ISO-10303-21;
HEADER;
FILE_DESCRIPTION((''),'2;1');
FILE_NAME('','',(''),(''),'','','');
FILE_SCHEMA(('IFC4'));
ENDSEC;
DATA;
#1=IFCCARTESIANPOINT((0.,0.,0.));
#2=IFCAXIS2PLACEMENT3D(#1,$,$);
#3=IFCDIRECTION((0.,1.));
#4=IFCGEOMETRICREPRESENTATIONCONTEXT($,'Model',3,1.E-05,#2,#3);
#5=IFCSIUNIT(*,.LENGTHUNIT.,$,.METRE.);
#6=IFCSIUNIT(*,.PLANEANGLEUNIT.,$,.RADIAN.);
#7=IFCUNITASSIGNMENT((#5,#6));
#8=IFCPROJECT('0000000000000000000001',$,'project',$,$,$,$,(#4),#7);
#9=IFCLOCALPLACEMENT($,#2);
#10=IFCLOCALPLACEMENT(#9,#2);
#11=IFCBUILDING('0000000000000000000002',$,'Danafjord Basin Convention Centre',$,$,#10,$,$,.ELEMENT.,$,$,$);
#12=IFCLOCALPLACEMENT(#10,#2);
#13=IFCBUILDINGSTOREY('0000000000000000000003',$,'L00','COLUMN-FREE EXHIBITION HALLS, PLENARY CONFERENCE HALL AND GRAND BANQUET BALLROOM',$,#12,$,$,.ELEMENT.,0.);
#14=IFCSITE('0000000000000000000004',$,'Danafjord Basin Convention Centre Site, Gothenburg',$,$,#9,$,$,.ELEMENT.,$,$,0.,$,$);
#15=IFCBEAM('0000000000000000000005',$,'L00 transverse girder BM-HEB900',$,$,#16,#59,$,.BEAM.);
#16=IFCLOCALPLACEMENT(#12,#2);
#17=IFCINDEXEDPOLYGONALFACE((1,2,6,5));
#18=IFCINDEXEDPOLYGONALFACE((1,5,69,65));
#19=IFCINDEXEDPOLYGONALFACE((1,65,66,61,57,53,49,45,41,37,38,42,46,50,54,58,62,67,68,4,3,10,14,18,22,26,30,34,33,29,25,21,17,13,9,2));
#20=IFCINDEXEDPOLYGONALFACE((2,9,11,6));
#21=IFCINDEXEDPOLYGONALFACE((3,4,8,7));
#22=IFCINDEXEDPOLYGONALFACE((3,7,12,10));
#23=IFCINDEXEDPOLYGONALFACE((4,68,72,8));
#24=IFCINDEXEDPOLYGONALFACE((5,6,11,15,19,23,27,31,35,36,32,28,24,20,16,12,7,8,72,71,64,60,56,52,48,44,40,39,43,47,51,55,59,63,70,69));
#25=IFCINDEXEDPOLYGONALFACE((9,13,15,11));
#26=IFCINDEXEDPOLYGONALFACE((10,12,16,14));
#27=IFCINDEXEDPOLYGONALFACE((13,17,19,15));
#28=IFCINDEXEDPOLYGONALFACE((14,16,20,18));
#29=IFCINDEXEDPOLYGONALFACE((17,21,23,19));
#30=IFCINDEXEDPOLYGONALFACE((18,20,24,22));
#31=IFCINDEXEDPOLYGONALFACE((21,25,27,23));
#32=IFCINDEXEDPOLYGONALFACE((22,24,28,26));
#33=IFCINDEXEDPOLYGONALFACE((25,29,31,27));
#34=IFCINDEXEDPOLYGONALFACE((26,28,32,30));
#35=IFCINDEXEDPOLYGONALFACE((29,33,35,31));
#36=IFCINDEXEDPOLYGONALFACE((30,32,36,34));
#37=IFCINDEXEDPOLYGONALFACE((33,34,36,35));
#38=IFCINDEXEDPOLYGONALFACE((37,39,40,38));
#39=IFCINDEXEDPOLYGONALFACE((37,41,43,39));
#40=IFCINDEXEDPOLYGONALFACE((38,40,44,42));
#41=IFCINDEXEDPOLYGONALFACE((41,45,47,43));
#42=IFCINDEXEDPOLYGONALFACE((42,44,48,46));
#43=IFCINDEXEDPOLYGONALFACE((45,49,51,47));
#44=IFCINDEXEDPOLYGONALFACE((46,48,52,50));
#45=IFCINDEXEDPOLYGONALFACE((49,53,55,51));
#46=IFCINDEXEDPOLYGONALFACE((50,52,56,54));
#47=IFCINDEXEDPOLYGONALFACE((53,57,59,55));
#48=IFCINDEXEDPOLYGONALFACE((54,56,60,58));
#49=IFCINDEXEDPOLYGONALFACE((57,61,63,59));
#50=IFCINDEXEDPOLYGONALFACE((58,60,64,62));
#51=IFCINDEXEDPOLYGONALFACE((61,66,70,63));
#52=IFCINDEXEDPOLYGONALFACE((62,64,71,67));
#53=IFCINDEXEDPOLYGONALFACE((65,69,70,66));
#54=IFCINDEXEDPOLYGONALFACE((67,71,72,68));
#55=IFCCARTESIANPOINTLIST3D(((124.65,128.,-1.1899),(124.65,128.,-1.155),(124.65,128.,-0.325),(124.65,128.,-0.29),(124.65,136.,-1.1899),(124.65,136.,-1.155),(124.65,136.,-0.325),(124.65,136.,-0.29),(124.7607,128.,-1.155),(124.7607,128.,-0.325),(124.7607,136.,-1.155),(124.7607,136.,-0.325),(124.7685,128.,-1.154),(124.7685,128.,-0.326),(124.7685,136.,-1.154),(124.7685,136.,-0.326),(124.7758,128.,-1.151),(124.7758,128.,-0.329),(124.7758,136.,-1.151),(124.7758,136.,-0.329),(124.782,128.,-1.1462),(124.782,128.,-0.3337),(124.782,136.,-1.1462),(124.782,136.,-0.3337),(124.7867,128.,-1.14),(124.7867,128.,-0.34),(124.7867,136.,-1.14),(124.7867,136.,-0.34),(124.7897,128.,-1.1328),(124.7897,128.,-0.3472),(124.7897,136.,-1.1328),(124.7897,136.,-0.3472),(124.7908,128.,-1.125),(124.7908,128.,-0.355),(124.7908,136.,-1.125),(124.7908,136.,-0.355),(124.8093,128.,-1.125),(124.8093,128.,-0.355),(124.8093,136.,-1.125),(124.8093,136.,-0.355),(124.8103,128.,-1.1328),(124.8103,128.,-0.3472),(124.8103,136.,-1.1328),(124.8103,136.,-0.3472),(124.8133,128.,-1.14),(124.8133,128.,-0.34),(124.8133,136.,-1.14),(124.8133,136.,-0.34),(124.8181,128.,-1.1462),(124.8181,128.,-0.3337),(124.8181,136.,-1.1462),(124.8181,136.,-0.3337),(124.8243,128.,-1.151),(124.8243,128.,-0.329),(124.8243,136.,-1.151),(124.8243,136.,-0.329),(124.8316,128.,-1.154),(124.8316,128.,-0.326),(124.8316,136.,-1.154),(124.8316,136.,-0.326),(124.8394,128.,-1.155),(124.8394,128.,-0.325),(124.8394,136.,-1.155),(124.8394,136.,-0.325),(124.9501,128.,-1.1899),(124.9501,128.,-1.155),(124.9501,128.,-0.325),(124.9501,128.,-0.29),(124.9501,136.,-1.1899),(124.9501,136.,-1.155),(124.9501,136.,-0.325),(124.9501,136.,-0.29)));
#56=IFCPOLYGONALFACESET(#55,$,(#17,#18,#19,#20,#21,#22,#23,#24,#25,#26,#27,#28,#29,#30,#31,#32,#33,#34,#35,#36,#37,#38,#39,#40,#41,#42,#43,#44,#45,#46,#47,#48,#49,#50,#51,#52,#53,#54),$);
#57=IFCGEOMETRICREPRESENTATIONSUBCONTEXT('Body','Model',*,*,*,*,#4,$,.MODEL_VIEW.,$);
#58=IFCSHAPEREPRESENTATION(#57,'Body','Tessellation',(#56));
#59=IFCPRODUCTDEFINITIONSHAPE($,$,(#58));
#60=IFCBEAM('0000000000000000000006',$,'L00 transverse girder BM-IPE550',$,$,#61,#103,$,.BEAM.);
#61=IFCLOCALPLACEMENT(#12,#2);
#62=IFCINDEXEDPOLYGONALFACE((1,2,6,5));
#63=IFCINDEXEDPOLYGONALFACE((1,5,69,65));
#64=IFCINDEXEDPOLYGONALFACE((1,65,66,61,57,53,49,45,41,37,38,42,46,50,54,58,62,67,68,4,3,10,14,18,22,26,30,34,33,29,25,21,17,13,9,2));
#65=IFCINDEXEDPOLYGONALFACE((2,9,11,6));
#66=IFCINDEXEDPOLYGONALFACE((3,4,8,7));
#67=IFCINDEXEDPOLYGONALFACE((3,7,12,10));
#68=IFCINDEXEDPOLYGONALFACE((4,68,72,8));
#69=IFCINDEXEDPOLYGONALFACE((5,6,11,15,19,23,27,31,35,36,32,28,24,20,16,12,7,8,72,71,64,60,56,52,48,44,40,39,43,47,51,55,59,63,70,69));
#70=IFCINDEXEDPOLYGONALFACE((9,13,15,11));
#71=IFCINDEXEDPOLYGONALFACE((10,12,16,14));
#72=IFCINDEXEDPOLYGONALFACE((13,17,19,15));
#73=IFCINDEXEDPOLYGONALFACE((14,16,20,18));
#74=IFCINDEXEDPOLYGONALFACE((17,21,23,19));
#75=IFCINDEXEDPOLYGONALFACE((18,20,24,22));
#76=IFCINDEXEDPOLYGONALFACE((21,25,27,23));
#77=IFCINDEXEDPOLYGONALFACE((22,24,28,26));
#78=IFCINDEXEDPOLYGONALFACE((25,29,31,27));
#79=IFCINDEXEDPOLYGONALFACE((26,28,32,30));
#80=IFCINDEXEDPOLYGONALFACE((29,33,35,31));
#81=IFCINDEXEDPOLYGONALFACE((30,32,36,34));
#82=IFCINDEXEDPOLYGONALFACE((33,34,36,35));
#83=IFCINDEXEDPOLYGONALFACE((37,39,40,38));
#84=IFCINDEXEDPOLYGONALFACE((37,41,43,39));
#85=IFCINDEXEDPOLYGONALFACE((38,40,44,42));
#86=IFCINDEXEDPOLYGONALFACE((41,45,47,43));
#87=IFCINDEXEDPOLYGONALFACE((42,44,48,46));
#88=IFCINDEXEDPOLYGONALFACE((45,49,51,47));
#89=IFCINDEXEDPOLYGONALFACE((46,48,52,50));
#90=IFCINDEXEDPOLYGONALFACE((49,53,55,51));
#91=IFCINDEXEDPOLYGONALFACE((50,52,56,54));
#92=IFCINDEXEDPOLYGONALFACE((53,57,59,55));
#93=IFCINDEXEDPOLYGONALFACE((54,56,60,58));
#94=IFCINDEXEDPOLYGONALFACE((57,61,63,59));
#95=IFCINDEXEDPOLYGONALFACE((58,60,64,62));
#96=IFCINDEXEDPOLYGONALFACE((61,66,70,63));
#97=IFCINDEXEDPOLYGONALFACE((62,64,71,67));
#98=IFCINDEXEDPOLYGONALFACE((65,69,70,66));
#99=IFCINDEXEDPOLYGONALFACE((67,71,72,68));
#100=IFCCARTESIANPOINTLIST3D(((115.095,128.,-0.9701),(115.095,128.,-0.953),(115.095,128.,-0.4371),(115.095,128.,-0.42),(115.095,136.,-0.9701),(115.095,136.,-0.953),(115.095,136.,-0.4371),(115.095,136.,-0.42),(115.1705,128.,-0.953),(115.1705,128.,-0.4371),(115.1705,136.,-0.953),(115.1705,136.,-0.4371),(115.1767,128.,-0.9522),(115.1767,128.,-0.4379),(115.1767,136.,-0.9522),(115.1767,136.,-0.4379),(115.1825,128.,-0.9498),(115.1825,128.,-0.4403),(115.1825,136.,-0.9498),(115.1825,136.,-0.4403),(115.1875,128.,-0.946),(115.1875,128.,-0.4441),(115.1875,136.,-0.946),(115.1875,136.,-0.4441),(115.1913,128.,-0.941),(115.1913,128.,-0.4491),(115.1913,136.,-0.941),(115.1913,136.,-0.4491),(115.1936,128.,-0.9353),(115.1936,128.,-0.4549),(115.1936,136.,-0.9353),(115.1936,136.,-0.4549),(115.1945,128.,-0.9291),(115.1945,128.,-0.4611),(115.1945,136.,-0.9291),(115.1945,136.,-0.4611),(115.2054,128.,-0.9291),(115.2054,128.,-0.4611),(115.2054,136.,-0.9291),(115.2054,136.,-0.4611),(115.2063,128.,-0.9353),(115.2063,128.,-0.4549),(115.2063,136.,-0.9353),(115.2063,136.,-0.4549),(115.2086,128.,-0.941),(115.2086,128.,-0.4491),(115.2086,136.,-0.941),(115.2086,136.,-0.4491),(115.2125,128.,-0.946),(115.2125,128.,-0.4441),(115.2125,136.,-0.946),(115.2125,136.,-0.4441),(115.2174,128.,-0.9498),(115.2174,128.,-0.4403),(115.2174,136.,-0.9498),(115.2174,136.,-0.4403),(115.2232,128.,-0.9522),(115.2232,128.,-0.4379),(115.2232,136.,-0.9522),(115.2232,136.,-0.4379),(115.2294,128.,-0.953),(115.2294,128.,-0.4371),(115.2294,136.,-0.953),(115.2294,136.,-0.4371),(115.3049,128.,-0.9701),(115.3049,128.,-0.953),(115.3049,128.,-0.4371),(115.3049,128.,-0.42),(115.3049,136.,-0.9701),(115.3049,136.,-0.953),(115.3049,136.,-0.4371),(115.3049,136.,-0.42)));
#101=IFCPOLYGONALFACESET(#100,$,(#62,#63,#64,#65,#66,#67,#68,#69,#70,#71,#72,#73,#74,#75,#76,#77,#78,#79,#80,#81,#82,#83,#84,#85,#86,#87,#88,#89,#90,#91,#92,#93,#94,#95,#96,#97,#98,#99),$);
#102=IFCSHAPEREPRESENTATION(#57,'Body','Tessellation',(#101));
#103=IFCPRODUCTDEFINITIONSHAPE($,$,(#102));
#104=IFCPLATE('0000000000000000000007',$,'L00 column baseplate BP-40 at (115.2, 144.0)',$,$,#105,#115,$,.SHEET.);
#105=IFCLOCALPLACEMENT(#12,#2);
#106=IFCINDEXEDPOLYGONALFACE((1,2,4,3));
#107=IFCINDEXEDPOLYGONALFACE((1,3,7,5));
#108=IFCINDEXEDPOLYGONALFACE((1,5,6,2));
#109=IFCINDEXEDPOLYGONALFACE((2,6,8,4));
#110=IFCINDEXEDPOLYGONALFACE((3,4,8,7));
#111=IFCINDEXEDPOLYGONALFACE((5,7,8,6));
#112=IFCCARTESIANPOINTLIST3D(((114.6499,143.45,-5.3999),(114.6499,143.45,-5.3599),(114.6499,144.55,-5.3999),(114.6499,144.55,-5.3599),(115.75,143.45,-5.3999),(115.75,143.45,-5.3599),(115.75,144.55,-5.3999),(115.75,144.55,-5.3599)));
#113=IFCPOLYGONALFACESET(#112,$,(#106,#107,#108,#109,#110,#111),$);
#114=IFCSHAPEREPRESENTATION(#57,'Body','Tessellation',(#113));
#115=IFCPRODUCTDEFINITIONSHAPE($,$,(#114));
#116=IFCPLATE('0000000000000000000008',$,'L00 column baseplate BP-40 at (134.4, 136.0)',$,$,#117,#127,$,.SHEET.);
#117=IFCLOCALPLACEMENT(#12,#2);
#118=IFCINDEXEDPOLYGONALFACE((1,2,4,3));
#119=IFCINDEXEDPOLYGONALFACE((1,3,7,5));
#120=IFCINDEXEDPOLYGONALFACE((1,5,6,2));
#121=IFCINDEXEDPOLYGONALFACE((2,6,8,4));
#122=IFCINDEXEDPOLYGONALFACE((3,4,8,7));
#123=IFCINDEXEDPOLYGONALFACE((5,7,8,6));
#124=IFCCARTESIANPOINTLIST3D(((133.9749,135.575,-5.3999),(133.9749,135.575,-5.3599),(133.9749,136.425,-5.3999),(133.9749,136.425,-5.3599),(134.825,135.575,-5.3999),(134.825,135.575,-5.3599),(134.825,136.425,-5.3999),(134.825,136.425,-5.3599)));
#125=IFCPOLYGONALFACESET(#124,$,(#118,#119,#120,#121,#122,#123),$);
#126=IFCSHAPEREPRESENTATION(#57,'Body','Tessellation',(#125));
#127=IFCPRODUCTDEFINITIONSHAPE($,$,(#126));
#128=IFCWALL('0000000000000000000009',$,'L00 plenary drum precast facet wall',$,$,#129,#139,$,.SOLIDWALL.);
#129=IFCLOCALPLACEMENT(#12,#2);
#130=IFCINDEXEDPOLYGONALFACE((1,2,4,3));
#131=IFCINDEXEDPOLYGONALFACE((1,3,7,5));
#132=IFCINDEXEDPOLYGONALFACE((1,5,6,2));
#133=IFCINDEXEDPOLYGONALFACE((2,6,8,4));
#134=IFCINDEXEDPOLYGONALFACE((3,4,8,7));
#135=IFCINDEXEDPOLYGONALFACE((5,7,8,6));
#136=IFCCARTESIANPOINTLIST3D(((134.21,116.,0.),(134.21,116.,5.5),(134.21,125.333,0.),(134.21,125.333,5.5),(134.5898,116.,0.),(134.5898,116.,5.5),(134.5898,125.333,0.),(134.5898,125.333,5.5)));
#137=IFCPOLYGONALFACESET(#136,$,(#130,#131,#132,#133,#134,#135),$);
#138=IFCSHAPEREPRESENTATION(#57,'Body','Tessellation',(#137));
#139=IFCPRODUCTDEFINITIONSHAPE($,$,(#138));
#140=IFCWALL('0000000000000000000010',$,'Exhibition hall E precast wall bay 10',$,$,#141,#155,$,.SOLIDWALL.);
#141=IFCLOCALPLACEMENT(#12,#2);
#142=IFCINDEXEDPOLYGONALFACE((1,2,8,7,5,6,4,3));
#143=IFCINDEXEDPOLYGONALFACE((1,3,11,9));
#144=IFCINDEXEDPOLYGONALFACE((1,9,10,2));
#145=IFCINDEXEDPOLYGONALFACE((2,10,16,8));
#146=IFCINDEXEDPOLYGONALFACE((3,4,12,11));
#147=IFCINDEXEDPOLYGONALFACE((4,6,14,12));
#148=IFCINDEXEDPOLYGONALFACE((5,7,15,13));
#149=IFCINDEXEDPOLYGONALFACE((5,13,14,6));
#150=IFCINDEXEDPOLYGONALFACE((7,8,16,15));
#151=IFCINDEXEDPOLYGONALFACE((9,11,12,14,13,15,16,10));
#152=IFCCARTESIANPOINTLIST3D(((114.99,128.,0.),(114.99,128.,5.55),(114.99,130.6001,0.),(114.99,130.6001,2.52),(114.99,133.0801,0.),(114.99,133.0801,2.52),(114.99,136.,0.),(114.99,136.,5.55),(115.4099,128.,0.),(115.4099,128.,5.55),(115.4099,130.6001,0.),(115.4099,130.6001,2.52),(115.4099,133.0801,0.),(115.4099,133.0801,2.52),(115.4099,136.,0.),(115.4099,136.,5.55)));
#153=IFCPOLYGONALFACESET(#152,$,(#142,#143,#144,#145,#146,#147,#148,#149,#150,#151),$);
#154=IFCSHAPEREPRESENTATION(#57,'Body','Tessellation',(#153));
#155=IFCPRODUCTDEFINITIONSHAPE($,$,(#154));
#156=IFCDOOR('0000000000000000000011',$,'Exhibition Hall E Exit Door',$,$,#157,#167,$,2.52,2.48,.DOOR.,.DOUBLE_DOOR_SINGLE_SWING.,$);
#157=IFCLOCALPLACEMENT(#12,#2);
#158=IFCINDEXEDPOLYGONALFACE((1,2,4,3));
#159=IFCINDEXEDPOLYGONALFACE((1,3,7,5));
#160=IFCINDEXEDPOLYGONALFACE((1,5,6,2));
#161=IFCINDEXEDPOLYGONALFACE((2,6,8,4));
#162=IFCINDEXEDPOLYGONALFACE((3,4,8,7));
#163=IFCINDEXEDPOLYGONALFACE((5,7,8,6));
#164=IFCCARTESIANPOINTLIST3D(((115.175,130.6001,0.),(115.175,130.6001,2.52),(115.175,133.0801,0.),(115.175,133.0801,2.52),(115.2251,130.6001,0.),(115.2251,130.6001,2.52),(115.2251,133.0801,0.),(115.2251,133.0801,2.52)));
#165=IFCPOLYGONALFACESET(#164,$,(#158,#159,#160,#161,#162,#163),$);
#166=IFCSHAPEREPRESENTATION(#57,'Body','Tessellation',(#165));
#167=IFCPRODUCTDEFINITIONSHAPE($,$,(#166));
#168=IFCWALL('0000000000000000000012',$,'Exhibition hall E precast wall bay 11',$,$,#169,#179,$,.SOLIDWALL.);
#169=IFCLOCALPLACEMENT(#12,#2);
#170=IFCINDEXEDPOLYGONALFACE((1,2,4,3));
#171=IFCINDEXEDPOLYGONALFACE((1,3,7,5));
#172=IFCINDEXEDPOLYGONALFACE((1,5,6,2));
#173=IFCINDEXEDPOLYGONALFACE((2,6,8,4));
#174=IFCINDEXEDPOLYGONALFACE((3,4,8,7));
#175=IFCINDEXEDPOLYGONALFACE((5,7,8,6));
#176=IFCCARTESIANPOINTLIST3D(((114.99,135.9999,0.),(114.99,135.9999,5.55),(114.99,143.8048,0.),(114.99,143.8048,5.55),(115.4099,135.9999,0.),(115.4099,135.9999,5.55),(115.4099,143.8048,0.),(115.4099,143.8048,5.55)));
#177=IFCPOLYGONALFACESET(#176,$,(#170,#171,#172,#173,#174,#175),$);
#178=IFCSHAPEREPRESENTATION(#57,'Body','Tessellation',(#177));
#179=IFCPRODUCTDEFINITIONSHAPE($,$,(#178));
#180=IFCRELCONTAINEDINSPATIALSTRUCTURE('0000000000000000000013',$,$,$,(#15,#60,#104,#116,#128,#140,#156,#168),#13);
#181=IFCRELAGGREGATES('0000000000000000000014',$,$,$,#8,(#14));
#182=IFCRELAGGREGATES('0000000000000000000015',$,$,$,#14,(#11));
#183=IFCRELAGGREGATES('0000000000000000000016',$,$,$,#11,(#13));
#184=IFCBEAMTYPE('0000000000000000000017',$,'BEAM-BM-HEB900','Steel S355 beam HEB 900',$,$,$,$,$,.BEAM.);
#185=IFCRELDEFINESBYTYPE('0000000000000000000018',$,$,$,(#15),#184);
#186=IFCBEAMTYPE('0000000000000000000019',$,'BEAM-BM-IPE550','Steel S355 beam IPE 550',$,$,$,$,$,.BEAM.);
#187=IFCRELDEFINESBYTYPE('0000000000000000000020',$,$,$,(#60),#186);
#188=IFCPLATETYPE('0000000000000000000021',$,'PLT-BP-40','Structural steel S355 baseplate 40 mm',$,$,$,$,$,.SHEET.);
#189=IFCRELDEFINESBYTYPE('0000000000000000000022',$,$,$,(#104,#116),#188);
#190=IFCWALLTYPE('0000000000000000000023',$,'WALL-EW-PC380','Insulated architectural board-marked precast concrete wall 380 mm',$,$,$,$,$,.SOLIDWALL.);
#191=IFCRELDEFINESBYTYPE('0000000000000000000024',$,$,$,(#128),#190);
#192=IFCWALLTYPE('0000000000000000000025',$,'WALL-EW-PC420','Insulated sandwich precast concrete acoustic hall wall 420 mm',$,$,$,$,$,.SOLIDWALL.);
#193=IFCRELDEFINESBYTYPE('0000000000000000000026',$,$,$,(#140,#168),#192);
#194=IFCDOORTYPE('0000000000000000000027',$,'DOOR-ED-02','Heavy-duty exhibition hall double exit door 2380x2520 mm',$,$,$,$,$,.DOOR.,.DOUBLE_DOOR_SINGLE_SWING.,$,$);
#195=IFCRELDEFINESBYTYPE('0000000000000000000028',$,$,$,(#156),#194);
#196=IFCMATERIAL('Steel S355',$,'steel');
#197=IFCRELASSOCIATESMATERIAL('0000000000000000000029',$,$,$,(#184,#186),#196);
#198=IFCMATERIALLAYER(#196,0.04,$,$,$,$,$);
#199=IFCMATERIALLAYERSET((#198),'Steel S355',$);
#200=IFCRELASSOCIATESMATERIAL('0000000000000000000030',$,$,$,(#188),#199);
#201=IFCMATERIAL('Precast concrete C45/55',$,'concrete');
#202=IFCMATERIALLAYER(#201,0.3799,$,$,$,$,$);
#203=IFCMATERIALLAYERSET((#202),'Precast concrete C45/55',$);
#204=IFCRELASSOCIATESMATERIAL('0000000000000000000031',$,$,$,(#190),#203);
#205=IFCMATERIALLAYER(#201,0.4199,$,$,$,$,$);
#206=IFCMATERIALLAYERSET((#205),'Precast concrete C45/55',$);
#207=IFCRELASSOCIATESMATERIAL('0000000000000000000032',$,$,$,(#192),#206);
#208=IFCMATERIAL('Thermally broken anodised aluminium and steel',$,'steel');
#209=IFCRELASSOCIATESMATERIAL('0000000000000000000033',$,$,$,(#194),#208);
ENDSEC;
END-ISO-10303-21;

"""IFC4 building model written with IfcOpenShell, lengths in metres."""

from ifc_helpers import new_model, si_unit, direction, frame, frame_2d, origin, origin_2d, place, context, subcontext, project, spatial, rectangle, i_section, extrude, material, layer, layer_set, material_profile, profile_set, type_object, element, fill, save


model = new_model("IFC4")

# Units and contexts
model_context = context("Model", 3, precision=1e-05, world=origin(), true_north=direction((0.0, 1.0)))
body_context = subcontext(model_context, "Body", "Model", "MODEL_VIEW")
ifc_project = project(units=[si_unit("LENGTHUNIT", "METRE"), si_unit("PLANEANGLEUNIT", "RADIAN")], contexts=[model_context])

# Site, building, storey
site_placement = place(None, origin())
site = spatial("IfcSite", under=ifc_project, at=site_placement, Name="Danafjord Basin Convention Centre Site, Gothenburg", CompositionType="ELEMENT", RefElevation=0.0)
building_placement = place(site_placement, origin())
building = spatial("IfcBuilding", under=site, at=building_placement, Name="Danafjord Basin Convention Centre", CompositionType="ELEMENT")
storey_placement = place(building_placement, origin())
storey = spatial("IfcBuildingStorey", under=building, at=storey_placement, Name="L00", Description="COLUMN-FREE EXHIBITION HALLS, PLENARY CONFERENCE HALL AND GRAND BANQUET BALLROOM", CompositionType="ELEMENT", Elevation=0.0)

# Shared definitions
ifc_material_1 = material(Name="Steel S355", Category="steel")

# Beams
ifc_material_profile_1 = material_profile(ifc_material_1, i_section(OverallWidth=0.3, OverallDepth=0.8999, WebThickness=0.0186, FlangeThickness=0.0349, FilletRadius=0.03, at=origin_2d()), Name="HEB 900")
ifc_profile_set_1 = profile_set([ifc_material_profile_1], Name="Steel S355")
beam_type_1 = type_object("IfcBeamType", Name="BEAM-BM-HEB900", Description="Steel S355 beam HEB 900", PredefinedType="BEAM", material=ifc_profile_set_1)
beam_1_placement = place(storey_placement, frame((124.8, 128.0, -0.74), z_axis=(0.0, 1.0, 0.0), x_axis=(-1.0, 0.0, 0.0)))
element("IfcBeam", 1, at=beam_1_placement, inside=storey, type_object=beam_type_1, Name="L00 transverse girder BM-HEB900", PredefinedType="BEAM", context=body_context, shape_type="SweptSolid", body=[
    extrude(i_section(OverallWidth=0.3, OverallDepth=0.8999, WebThickness=0.0186, FlangeThickness=0.0349, FilletRadius=0.03, at=origin_2d()), origin(), (0.0, 0.0, 1.0), 8.0),
])
ifc_material_profile_2 = material_profile(ifc_material_1, i_section(OverallWidth=0.21, OverallDepth=0.55, WebThickness=0.011, FlangeThickness=0.0171, FilletRadius=0.0239, at=origin_2d()), Name="IPE 550")
ifc_profile_set_2 = profile_set([ifc_material_profile_2], Name="Steel S355")
beam_type_2 = type_object("IfcBeamType", Name="BEAM-BM-IPE550", Description="Steel S355 beam IPE 550", PredefinedType="BEAM", material=ifc_profile_set_2)
beam_2_placement = place(storey_placement, frame((115.2, 128.0, -0.6951), z_axis=(0.0, 1.0, 0.0), x_axis=(-1.0, 0.0, 0.0)))
element("IfcBeam", 2, at=beam_2_placement, inside=storey, type_object=beam_type_2, Name="L00 transverse girder BM-IPE550", PredefinedType="BEAM", context=body_context, shape_type="SweptSolid", body=[
    extrude(i_section(OverallWidth=0.21, OverallDepth=0.55, WebThickness=0.011, FlangeThickness=0.0171, FilletRadius=0.0239, at=origin_2d()), origin(), (0.0, 0.0, 1.0), 8.0),
])

# Plates
ifc_layer_1 = layer(ifc_material_1, 0.04)
ifc_layer_set_1 = layer_set([ifc_layer_1], Name="Steel S355")
plate_type = type_object("IfcPlateType", Name="PLT-BP-40", Description="Structural steel S355 baseplate 40 mm", PredefinedType="SHEET", material=ifc_layer_set_1)
plate_1_placement = place(storey_placement, frame((115.2, 144.0, -5.3999), z_axis=(0.0, 0.0, 1.0), x_axis=(1.0, 0.0, 0.0)))
element("IfcPlate", 3, at=plate_1_placement, inside=storey, type_object=plate_type, Name="L00 column baseplate BP-40 at (115.2, 144.0)", PredefinedType="SHEET", context=body_context, shape_type="SweptSolid", body=[
    extrude(rectangle(XDim=1.1001, YDim=1.1001, at=origin_2d()), origin(), (0.0, 0.0, 1.0), 0.04),
])
plate_2_placement = place(storey_placement, frame((134.3999, 136.0, -5.3999), z_axis=(0.0, 0.0, 1.0), x_axis=(1.0, 0.0, 0.0)))
element("IfcPlate", 4, at=plate_2_placement, inside=storey, type_object=plate_type, Name="L00 column baseplate BP-40 at (134.4, 136.0)", PredefinedType="SHEET", context=body_context, shape_type="SweptSolid", body=[
    extrude(rectangle(XDim=0.8501, YDim=0.8501, at=origin_2d()), origin(), (0.0, 0.0, 1.0), 0.04),
])

# Shared definitions
ifc_material_2 = material(Name="Precast concrete C45/55", Category="concrete")
ifc_layer_2 = layer(ifc_material_2, 0.3799)
ifc_layer_set_2 = layer_set([ifc_layer_2], Name="Precast concrete C45/55")
wall_type_1 = type_object("IfcWallType", Name="WALL-EW-PC380", Description="Insulated architectural board-marked precast concrete wall 380 mm", PredefinedType="SOLIDWALL", material=ifc_layer_set_2)
ifc_material_3 = material(Name="Thermally broken anodised aluminium and steel", Category="steel")

# Wall
wall_1_placement = place(storey_placement, frame((134.3999, 125.333, 0.0), z_axis=(0.0, 0.0, 1.0), x_axis=(0.0, -1.0, 0.0)))
element("IfcWall", 5, at=wall_1_placement, inside=storey, type_object=wall_type_1, Name="L00 plenary drum precast facet wall", PredefinedType="SOLIDWALL", context=body_context, shape_type="SweptSolid", body=[
    extrude(rectangle(XDim=9.333, YDim=0.3799, at=frame_2d((4.6665, 0.0))), origin(), (0.0, 0.0, 1.0), 5.5),
])

# Wall, opening, door
ifc_layer_3 = layer(ifc_material_2, 0.4199)
ifc_layer_set_3 = layer_set([ifc_layer_3], Name="Precast concrete C45/55")
wall_type_2 = type_object("IfcWallType", Name="WALL-EW-PC420", Description="Insulated sandwich precast concrete acoustic hall wall 420 mm", PredefinedType="SOLIDWALL", material=ifc_layer_set_3)
wall_2_placement = place(storey_placement, frame((115.2, 128.0, 0.0), z_axis=(0.0, 0.0, 1.0), x_axis=(0.0, 1.0, 0.0)))
wall_2 = element("IfcWall", 6, at=wall_2_placement, inside=storey, type_object=wall_type_2, Name="Exhibition hall E precast wall bay 10", PredefinedType="SOLIDWALL", context=body_context, shape_type="SweptSolid", body=[
    extrude(rectangle(XDim=8.0, YDim=0.4199, at=frame_2d((4.0, 0.0))), origin(), (0.0, 0.0, 1.0), 5.55),
])
opening_1_placement = place(wall_2_placement, frame((2.6001, 0.0, 0.0)))
opening_1 = element("IfcOpeningElement", 7, at=opening_1_placement, cuts=wall_2, PredefinedType="OPENING", context=body_context, shape_type="SweptSolid", body=[
    extrude(rectangle(XDim=2.48, YDim=2.52, at=frame_2d((1.24, 1.26))), frame((0.0, 0.22, 0.0), z_axis=(0.0, -1.0, 0.0), x_axis=(1.0, 0.0, 0.0)), (0.0, 0.0, 1.0), 0.4399),
])
door_type_1 = type_object("IfcDoorType", Name="DOOR-ED-02", Description="Heavy-duty exhibition hall double exit door 2380x2520 mm", OperationType="DOUBLE_DOOR_SINGLE_SWING", PredefinedType="DOOR", material=ifc_material_3)
door_1_placement = place(opening_1_placement, origin())
door_1 = element("IfcDoor", 8, at=door_1_placement, inside=storey, type_object=door_type_1, Name="Exhibition Hall E Exit Door", OperationType="DOUBLE_DOOR_SINGLE_SWING", OverallHeight=2.52, OverallWidth=2.48, PredefinedType="DOOR", context=body_context, shape_type="SweptSolid", body=[
    extrude(rectangle(XDim=2.48, YDim=2.52, at=frame_2d((1.24, 1.26))), frame((0.0, 0.0249, 0.0), z_axis=(0.0, -1.0, 0.0), x_axis=(1.0, 0.0, 0.0)), (0.0, 0.0, 1.0), 0.05),
])
fill(opening_1, door_1)

# Wall
wall_3_placement = place(storey_placement, frame((115.2, 136.0, 0.0), z_axis=(0.0, 0.0, 1.0), x_axis=(0.0, 1.0, 0.0)))
element("IfcWall", 9, at=wall_3_placement, inside=storey, type_object=wall_type_2, Name="Exhibition hall E precast wall bay 11", PredefinedType="SOLIDWALL", context=body_context, shape_type="SweptSolid", body=[
    extrude(rectangle(XDim=7.8049, YDim=0.4199, at=frame_2d((3.9023, 0.0))), origin(), (0.0, 0.0, 1.0), 5.55),
])

save(model, "model.ifc")
